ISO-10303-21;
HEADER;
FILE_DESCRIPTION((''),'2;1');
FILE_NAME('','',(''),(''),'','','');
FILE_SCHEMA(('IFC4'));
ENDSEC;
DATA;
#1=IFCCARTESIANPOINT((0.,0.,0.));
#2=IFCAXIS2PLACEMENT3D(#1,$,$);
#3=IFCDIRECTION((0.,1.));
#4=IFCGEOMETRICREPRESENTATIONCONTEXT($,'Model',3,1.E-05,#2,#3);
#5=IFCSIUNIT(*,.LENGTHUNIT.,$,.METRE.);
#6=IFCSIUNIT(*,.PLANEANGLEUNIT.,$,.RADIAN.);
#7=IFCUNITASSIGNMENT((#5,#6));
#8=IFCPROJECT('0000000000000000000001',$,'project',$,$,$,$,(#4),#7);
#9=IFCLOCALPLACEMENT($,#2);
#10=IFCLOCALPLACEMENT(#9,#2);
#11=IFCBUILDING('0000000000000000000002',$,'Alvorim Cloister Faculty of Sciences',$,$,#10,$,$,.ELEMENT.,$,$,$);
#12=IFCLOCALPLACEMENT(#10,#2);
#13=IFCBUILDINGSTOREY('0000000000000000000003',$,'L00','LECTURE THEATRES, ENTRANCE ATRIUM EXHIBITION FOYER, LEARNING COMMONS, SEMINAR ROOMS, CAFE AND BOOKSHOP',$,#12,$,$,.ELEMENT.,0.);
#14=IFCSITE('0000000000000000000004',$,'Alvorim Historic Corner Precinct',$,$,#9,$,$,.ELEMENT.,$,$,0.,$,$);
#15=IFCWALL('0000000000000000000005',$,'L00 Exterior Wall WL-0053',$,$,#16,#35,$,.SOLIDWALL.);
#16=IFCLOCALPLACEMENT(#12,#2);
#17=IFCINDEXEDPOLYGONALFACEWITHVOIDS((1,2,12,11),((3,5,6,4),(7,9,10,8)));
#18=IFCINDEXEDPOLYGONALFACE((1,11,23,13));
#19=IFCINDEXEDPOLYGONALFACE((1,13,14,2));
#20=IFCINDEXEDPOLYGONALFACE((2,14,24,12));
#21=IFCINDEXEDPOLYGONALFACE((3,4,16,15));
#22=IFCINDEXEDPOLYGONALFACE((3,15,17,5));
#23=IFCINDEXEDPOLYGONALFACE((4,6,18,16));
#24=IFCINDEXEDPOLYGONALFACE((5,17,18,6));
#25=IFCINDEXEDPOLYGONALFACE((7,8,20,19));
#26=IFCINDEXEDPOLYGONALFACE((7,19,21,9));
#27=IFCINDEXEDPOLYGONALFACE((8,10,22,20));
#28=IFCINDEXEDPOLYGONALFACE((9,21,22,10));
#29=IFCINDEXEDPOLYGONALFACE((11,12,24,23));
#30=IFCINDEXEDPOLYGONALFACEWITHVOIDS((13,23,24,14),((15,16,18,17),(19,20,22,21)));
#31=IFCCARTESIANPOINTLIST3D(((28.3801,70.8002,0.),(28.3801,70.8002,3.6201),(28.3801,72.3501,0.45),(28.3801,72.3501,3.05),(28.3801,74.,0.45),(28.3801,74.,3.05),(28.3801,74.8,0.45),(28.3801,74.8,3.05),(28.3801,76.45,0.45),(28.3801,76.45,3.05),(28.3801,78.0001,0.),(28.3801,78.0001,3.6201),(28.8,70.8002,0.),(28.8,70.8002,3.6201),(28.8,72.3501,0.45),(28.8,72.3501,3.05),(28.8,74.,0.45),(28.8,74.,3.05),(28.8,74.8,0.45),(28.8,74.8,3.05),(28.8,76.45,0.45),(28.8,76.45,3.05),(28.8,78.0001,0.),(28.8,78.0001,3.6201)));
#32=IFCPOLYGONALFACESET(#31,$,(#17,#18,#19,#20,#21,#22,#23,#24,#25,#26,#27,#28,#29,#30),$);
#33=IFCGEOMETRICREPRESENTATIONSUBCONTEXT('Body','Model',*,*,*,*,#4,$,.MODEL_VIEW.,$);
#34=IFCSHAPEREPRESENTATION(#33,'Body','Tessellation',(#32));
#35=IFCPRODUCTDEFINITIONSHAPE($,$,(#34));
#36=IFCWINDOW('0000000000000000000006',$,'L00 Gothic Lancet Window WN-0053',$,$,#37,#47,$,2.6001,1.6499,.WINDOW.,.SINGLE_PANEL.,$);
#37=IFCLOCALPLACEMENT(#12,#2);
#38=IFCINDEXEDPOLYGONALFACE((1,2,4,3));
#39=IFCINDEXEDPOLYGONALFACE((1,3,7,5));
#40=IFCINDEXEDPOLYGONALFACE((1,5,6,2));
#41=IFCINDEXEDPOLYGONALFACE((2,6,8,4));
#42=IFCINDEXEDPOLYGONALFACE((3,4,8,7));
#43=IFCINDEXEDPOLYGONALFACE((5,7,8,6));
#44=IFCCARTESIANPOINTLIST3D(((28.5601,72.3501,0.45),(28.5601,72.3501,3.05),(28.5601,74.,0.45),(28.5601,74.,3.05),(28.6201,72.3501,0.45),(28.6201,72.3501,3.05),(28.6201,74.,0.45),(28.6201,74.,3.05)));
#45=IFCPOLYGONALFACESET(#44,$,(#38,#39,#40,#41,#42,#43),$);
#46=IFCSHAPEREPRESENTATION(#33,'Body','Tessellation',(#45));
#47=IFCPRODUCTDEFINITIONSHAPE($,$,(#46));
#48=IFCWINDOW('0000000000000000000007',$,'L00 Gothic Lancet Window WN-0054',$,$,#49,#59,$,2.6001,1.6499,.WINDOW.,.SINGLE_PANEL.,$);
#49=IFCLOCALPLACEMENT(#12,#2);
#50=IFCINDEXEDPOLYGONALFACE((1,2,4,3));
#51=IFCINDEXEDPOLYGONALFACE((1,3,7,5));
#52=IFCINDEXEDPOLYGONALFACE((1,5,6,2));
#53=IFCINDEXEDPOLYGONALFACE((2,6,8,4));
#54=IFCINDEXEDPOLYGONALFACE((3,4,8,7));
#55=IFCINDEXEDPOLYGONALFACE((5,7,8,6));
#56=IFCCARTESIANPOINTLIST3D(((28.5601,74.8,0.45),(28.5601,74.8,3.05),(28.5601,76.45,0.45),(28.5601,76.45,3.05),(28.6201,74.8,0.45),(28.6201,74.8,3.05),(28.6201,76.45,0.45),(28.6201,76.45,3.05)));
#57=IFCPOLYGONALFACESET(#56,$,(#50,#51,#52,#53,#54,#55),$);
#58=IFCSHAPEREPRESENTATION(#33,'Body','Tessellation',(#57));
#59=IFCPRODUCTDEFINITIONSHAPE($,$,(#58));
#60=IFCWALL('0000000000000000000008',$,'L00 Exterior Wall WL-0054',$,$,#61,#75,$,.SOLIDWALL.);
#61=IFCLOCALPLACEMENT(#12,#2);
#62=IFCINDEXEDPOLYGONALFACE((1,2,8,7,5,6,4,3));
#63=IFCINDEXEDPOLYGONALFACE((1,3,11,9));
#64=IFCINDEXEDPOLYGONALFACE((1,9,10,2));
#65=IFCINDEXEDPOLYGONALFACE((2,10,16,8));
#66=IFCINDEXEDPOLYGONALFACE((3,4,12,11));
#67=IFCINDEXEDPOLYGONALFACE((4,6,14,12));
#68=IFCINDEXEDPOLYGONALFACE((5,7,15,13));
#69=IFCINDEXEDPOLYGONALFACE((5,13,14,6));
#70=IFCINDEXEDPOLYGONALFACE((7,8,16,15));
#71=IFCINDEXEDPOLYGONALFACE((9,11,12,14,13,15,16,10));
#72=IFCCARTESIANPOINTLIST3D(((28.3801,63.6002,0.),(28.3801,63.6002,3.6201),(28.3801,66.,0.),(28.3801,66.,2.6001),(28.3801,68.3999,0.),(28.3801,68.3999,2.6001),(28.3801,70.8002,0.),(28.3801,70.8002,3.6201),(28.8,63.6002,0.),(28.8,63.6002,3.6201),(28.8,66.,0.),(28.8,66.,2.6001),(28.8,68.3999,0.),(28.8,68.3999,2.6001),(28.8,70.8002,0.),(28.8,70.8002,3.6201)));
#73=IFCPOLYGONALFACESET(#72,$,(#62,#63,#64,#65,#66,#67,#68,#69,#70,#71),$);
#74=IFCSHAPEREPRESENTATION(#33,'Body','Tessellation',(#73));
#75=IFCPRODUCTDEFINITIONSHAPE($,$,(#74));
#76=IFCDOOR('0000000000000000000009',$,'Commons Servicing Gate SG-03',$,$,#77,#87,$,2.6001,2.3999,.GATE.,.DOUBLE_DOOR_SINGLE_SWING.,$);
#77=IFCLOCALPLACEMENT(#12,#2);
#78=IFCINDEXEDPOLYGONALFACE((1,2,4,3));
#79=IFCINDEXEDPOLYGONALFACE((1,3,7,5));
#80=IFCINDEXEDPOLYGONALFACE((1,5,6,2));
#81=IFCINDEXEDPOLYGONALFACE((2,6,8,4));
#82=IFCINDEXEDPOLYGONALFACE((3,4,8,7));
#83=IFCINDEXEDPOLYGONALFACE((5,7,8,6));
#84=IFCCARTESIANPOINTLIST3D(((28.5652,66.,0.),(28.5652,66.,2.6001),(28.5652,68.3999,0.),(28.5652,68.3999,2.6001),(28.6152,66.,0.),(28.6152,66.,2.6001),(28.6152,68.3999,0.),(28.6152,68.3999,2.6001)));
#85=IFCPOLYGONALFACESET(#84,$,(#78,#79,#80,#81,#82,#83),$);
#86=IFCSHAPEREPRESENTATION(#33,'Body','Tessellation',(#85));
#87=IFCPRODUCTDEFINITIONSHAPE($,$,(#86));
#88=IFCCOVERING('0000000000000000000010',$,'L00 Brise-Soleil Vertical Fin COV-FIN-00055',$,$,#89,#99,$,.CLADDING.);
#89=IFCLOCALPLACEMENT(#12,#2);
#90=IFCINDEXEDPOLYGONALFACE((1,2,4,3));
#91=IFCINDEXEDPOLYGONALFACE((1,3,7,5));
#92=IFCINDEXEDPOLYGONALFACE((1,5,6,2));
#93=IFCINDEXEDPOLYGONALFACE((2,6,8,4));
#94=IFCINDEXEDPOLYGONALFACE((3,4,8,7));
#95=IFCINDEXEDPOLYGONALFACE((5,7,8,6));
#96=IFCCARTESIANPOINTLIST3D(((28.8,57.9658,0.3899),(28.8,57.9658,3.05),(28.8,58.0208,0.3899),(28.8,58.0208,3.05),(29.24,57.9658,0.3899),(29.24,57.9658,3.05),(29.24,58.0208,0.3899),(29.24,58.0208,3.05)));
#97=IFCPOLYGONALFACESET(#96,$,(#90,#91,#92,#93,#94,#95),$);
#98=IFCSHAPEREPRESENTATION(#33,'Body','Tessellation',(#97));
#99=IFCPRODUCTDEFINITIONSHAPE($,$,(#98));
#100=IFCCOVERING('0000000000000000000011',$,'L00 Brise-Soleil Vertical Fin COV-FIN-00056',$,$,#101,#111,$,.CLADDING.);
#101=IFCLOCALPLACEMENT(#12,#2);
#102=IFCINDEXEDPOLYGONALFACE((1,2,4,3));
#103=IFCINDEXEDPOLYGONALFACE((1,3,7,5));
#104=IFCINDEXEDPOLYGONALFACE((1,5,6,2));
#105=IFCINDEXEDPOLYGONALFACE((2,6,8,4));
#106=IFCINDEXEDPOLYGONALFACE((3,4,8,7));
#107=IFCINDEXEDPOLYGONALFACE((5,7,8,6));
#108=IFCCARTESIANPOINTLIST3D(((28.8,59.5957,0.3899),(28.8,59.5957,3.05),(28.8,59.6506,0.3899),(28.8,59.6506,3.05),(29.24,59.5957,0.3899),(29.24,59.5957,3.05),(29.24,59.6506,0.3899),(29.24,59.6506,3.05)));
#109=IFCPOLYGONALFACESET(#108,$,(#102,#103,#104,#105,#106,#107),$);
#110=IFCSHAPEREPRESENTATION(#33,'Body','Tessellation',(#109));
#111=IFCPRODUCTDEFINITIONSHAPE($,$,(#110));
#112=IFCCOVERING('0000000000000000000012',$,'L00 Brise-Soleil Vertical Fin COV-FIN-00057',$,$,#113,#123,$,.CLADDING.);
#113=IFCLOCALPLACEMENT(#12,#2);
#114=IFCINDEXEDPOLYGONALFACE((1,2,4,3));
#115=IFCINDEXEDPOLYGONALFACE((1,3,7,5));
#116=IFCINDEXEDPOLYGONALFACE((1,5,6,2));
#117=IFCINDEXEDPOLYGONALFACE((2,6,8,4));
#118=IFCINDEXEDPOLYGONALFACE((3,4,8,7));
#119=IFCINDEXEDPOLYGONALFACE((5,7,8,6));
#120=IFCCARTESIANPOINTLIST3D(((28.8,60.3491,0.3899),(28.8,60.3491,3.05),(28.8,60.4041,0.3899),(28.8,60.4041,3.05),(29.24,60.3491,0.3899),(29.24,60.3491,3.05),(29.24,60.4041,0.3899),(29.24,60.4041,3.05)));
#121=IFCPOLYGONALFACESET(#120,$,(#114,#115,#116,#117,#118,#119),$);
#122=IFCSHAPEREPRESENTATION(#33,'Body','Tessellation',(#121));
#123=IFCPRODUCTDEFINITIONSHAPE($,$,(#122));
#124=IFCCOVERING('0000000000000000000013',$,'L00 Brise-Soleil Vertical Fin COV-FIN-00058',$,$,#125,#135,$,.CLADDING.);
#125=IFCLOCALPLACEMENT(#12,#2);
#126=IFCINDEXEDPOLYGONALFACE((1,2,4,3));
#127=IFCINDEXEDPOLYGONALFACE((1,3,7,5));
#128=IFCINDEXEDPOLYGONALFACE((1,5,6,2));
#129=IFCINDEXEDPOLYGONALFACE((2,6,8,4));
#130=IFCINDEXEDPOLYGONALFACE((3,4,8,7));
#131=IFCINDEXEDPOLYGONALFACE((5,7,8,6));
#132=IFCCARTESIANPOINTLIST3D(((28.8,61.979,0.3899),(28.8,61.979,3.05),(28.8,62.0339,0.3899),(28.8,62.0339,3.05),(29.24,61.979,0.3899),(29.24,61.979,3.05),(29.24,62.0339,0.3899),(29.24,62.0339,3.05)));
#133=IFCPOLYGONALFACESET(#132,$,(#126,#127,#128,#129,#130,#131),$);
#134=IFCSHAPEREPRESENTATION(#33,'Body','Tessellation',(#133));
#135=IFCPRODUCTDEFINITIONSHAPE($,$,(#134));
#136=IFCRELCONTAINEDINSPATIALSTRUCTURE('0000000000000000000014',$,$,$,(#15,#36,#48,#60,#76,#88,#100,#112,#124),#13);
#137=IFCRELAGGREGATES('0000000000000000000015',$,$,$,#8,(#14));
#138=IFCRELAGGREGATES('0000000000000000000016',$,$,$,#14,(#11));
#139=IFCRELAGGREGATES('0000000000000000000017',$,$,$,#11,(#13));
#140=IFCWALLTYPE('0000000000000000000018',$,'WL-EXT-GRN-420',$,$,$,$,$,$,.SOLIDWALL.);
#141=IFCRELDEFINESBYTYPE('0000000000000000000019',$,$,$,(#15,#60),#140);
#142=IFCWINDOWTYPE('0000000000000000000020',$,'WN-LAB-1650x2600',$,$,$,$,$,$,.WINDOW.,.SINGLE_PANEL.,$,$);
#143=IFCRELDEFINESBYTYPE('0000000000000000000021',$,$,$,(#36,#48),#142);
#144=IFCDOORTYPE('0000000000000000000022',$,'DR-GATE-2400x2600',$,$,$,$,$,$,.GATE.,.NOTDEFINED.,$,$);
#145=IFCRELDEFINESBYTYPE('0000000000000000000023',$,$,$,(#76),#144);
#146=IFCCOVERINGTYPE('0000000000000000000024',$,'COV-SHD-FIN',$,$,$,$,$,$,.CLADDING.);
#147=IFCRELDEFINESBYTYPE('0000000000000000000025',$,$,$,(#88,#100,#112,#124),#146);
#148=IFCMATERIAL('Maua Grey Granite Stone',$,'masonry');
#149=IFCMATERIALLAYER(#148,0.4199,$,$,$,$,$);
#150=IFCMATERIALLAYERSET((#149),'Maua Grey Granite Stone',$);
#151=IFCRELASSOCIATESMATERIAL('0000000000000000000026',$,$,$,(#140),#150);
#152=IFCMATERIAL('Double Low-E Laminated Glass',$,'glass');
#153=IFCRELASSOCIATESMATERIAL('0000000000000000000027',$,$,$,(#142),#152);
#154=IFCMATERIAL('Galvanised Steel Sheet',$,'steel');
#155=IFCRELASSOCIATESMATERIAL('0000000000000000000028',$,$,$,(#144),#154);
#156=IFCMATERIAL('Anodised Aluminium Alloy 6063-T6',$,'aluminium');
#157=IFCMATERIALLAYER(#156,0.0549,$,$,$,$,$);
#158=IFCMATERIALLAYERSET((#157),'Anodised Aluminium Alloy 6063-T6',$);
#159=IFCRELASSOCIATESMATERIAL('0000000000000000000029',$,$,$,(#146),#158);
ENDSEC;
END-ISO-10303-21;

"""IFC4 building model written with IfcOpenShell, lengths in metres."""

from ifc_helpers import new_model, si_unit, direction, frame, frame_2d, origin, place, context, subcontext, project, spatial, polyline, rectangle, outline, extrude, material, layer, layer_set, type_object, element, fill, save


model = new_model("IFC4")

# Units and contexts
model_context = context("Model", 3, precision=1e-05, world=origin(), true_north=direction((0.0, 1.0)))
body_context = subcontext(model_context, "Body", "Model", "MODEL_VIEW")
ifc_project = project(units=[si_unit("LENGTHUNIT", "METRE"), si_unit("PLANEANGLEUNIT", "RADIAN")], contexts=[model_context])

# Site, building, storey
site_placement = place(None, origin())
site = spatial("IfcSite", under=ifc_project, at=site_placement, Name="Alvorim Historic Corner Precinct", CompositionType="ELEMENT", RefElevation=0.0)
building_placement = place(site_placement, origin())
building = spatial("IfcBuilding", under=site, at=building_placement, Name="Alvorim Cloister Faculty of Sciences", CompositionType="ELEMENT")
storey_placement = place(building_placement, origin())
storey = spatial("IfcBuildingStorey", under=building, at=storey_placement, Name="L00", Description="LECTURE THEATRES, ENTRANCE ATRIUM EXHIBITION FOYER, LEARNING COMMONS, SEMINAR ROOMS, CAFE AND BOOKSHOP", CompositionType="ELEMENT", Elevation=0.0)

# Shared definitions
ifc_material_1 = material(Name="Maua Grey Granite Stone", Category="masonry")

# Wall, openings, windows
ifc_layer_1 = layer(ifc_material_1, 0.4199)
ifc_layer_set_1 = layer_set([ifc_layer_1], Name="Maua Grey Granite Stone")
wall_type = type_object("IfcWallType", Name="WL-EXT-GRN-420", PredefinedType="SOLIDWALL", material=ifc_layer_set_1)
wall_1_placement = place(storey_placement, frame((28.5901, 70.8, 0.0), z_axis=(0.0, 0.0, 1.0), x_axis=(0.0, 1.0, 0.0)))
wall_1 = element("IfcWall", 1, at=wall_1_placement, inside=storey, type_object=wall_type, Name="L00 Exterior Wall WL-0053", PredefinedType="SOLIDWALL", context=body_context, shape_type="SweptSolid", body=[
    extrude(rectangle(XDim=7.2, YDim=0.4199, at=frame_2d((3.6001, 0.0))), origin(), (0.0, 0.0, 1.0), 3.6201),
])
opening_1_placement = place(wall_1_placement, frame((1.55, 0.0, 0.45)))
opening_1 = element("IfcOpeningElement", 2, at=opening_1_placement, cuts=wall_1, PredefinedType="OPENING", context=body_context, shape_type="SweptSolid", body=[
    extrude(rectangle(XDim=1.6499, YDim=2.6001, at=frame_2d((0.825, 1.3))), frame((0.0, 0.2219, 0.0), z_axis=(0.0, -1.0, 0.0), x_axis=(1.0, 0.0, 0.0)), (0.0, 0.0, 1.0), 0.4438),
])
opening_2_placement = place(wall_1_placement, frame((4.0, 0.0, 0.45)))
opening_2 = element("IfcOpeningElement", 3, at=opening_2_placement, cuts=wall_1, PredefinedType="OPENING", context=body_context, shape_type="SweptSolid", body=[
    extrude(rectangle(XDim=1.6499, YDim=2.6001, at=frame_2d((0.825, 1.3))), frame((0.0, 0.2219, 0.0), z_axis=(0.0, -1.0, 0.0), x_axis=(1.0, 0.0, 0.0)), (0.0, 0.0, 1.0), 0.4438),
])
ifc_material_2 = material(Name="Double Low-E Laminated Glass", Category="glass")
window_type = type_object("IfcWindowType", Name="WN-LAB-1650x2600", PartitioningType="SINGLE_PANEL", PredefinedType="WINDOW", material=ifc_material_2)
window_1_placement = place(opening_1_placement, origin())
window_1 = element("IfcWindow", 4, at=window_1_placement, inside=storey, type_object=window_type, Name="L00 Gothic Lancet Window WN-0053", OverallHeight=2.6001, OverallWidth=1.6499, PartitioningType="SINGLE_PANEL", PredefinedType="WINDOW", context=body_context, shape_type="SweptSolid", body=[
    extrude(rectangle(XDim=1.6499, YDim=2.6001, at=frame_2d((0.825, 1.3))), frame((0.0, 0.03, 0.0), z_axis=(0.0, -1.0, 0.0), x_axis=(1.0, 0.0, 0.0)), (0.0, 0.0, 1.0), 0.0601),
])
fill(opening_1, window_1)
window_2_placement = place(opening_2_placement, origin())
window_2 = element("IfcWindow", 5, at=window_2_placement, inside=storey, type_object=window_type, Name="L00 Gothic Lancet Window WN-0054", OverallHeight=2.6001, OverallWidth=1.6499, PartitioningType="SINGLE_PANEL", PredefinedType="WINDOW", context=body_context, shape_type="SweptSolid", body=[
    extrude(rectangle(XDim=1.6499, YDim=2.6001, at=frame_2d((0.825, 1.3))), frame((0.0, 0.03, 0.0), z_axis=(0.0, -1.0, 0.0), x_axis=(1.0, 0.0, 0.0)), (0.0, 0.0, 1.0), 0.0601),
])
fill(opening_2, window_2)

# Wall, opening, door
wall_2_placement = place(storey_placement, frame((28.5901, 63.6001, 0.0), z_axis=(0.0, 0.0, 1.0), x_axis=(0.0, 1.0, 0.0)))
wall_2 = element("IfcWall", 6, at=wall_2_placement, inside=storey, type_object=wall_type, Name="L00 Exterior Wall WL-0054", PredefinedType="SOLIDWALL", context=body_context, shape_type="SweptSolid", body=[
    extrude(rectangle(XDim=7.2, YDim=0.4199, at=frame_2d((3.6001, 0.0))), origin(), (0.0, 0.0, 1.0), 3.6201),
])
opening_3_placement = place(wall_2_placement, frame((2.3999, 0.0, 0.0)))
opening_3 = element("IfcOpeningElement", 7, at=opening_3_placement, cuts=wall_2, PredefinedType="OPENING", context=body_context, shape_type="SweptSolid", body=[
    extrude(rectangle(XDim=2.3999, YDim=2.6001, at=frame_2d((1.2, 1.3))), frame((0.0, 0.2219, 0.0), z_axis=(0.0, -1.0, 0.0), x_axis=(1.0, 0.0, 0.0)), (0.0, 0.0, 1.0), 0.4438),
])
ifc_material_3 = material(Name="Galvanised Steel Sheet", Category="steel")
door_type = type_object("IfcDoorType", Name="DR-GATE-2400x2600", OperationType="NOTDEFINED", PredefinedType="GATE", material=ifc_material_3)
door_placement = place(opening_3_placement, origin())
door = element("IfcDoor", 8, at=door_placement, inside=storey, type_object=door_type, Name="Commons Servicing Gate SG-03", OperationType="DOUBLE_DOOR_SINGLE_SWING", OverallHeight=2.6001, OverallWidth=2.3999, PredefinedType="GATE", context=body_context, shape_type="SweptSolid", body=[
    extrude(rectangle(XDim=2.3999, YDim=2.6001, at=frame_2d((1.2, 1.3))), frame((0.0, 0.0249, 0.0), z_axis=(0.0, -1.0, 0.0), x_axis=(1.0, 0.0, 0.0)), (0.0, 0.0, 1.0), 0.05),
])
fill(opening_3, door)

# Coverings
ifc_material_4 = material(Name="Anodised Aluminium Alloy 6063-T6", Category="aluminium")
ifc_layer_2 = layer(ifc_material_4, 0.0549)
ifc_layer_set_2 = layer_set([ifc_layer_2], Name="Anodised Aluminium Alloy 6063-T6")
covering_type = type_object("IfcCoveringType", Name="COV-SHD-FIN", PredefinedType="CLADDING", material=ifc_layer_set_2)
for number, where, z_axis, x_axis, name in (
    (9, (28.8, 57.9934, 0.3899), (0.0, 0.0, 1.0), (1.0, 0.0, 0.0), "L00 Brise-Soleil Vertical Fin COV-FIN-00055"),
    (10, (28.8, 59.6233, 0.3899), (0.0, 0.0, 1.0), (1.0, 0.0, 0.0), "L00 Brise-Soleil Vertical Fin COV-FIN-00056"),
    (11, (28.8, 60.3767, 0.3899), (0.0, 0.0, 1.0), (1.0, 0.0, 0.0), "L00 Brise-Soleil Vertical Fin COV-FIN-00057"),
    (12, (28.8, 62.0066, 0.3899), (0.0, 0.0, 1.0), (1.0, 0.0, 0.0), "L00 Brise-Soleil Vertical Fin COV-FIN-00058"),
):
    element("IfcCovering", number, at=place(storey_placement, frame(where, z_axis=z_axis, x_axis=x_axis)), inside=storey, type_object=covering_type, Name=name, PredefinedType="CLADDING", context=body_context, shape_type="SweptSolid", body=[
        extrude(outline(polyline([(0.0, 0.0), (0.4399, 0.0), (0.4399, 2.6602), (0.0, 2.6602), (0.0, 0.0)])), frame((0.0, 0.0273, 0.0), z_axis=(0.0, -1.0, 0.0), x_axis=(1.0, 0.0, 0.0)), (0.0, 0.0, 1.0), 0.0549),
    ])

save(model, "model.ifc")
